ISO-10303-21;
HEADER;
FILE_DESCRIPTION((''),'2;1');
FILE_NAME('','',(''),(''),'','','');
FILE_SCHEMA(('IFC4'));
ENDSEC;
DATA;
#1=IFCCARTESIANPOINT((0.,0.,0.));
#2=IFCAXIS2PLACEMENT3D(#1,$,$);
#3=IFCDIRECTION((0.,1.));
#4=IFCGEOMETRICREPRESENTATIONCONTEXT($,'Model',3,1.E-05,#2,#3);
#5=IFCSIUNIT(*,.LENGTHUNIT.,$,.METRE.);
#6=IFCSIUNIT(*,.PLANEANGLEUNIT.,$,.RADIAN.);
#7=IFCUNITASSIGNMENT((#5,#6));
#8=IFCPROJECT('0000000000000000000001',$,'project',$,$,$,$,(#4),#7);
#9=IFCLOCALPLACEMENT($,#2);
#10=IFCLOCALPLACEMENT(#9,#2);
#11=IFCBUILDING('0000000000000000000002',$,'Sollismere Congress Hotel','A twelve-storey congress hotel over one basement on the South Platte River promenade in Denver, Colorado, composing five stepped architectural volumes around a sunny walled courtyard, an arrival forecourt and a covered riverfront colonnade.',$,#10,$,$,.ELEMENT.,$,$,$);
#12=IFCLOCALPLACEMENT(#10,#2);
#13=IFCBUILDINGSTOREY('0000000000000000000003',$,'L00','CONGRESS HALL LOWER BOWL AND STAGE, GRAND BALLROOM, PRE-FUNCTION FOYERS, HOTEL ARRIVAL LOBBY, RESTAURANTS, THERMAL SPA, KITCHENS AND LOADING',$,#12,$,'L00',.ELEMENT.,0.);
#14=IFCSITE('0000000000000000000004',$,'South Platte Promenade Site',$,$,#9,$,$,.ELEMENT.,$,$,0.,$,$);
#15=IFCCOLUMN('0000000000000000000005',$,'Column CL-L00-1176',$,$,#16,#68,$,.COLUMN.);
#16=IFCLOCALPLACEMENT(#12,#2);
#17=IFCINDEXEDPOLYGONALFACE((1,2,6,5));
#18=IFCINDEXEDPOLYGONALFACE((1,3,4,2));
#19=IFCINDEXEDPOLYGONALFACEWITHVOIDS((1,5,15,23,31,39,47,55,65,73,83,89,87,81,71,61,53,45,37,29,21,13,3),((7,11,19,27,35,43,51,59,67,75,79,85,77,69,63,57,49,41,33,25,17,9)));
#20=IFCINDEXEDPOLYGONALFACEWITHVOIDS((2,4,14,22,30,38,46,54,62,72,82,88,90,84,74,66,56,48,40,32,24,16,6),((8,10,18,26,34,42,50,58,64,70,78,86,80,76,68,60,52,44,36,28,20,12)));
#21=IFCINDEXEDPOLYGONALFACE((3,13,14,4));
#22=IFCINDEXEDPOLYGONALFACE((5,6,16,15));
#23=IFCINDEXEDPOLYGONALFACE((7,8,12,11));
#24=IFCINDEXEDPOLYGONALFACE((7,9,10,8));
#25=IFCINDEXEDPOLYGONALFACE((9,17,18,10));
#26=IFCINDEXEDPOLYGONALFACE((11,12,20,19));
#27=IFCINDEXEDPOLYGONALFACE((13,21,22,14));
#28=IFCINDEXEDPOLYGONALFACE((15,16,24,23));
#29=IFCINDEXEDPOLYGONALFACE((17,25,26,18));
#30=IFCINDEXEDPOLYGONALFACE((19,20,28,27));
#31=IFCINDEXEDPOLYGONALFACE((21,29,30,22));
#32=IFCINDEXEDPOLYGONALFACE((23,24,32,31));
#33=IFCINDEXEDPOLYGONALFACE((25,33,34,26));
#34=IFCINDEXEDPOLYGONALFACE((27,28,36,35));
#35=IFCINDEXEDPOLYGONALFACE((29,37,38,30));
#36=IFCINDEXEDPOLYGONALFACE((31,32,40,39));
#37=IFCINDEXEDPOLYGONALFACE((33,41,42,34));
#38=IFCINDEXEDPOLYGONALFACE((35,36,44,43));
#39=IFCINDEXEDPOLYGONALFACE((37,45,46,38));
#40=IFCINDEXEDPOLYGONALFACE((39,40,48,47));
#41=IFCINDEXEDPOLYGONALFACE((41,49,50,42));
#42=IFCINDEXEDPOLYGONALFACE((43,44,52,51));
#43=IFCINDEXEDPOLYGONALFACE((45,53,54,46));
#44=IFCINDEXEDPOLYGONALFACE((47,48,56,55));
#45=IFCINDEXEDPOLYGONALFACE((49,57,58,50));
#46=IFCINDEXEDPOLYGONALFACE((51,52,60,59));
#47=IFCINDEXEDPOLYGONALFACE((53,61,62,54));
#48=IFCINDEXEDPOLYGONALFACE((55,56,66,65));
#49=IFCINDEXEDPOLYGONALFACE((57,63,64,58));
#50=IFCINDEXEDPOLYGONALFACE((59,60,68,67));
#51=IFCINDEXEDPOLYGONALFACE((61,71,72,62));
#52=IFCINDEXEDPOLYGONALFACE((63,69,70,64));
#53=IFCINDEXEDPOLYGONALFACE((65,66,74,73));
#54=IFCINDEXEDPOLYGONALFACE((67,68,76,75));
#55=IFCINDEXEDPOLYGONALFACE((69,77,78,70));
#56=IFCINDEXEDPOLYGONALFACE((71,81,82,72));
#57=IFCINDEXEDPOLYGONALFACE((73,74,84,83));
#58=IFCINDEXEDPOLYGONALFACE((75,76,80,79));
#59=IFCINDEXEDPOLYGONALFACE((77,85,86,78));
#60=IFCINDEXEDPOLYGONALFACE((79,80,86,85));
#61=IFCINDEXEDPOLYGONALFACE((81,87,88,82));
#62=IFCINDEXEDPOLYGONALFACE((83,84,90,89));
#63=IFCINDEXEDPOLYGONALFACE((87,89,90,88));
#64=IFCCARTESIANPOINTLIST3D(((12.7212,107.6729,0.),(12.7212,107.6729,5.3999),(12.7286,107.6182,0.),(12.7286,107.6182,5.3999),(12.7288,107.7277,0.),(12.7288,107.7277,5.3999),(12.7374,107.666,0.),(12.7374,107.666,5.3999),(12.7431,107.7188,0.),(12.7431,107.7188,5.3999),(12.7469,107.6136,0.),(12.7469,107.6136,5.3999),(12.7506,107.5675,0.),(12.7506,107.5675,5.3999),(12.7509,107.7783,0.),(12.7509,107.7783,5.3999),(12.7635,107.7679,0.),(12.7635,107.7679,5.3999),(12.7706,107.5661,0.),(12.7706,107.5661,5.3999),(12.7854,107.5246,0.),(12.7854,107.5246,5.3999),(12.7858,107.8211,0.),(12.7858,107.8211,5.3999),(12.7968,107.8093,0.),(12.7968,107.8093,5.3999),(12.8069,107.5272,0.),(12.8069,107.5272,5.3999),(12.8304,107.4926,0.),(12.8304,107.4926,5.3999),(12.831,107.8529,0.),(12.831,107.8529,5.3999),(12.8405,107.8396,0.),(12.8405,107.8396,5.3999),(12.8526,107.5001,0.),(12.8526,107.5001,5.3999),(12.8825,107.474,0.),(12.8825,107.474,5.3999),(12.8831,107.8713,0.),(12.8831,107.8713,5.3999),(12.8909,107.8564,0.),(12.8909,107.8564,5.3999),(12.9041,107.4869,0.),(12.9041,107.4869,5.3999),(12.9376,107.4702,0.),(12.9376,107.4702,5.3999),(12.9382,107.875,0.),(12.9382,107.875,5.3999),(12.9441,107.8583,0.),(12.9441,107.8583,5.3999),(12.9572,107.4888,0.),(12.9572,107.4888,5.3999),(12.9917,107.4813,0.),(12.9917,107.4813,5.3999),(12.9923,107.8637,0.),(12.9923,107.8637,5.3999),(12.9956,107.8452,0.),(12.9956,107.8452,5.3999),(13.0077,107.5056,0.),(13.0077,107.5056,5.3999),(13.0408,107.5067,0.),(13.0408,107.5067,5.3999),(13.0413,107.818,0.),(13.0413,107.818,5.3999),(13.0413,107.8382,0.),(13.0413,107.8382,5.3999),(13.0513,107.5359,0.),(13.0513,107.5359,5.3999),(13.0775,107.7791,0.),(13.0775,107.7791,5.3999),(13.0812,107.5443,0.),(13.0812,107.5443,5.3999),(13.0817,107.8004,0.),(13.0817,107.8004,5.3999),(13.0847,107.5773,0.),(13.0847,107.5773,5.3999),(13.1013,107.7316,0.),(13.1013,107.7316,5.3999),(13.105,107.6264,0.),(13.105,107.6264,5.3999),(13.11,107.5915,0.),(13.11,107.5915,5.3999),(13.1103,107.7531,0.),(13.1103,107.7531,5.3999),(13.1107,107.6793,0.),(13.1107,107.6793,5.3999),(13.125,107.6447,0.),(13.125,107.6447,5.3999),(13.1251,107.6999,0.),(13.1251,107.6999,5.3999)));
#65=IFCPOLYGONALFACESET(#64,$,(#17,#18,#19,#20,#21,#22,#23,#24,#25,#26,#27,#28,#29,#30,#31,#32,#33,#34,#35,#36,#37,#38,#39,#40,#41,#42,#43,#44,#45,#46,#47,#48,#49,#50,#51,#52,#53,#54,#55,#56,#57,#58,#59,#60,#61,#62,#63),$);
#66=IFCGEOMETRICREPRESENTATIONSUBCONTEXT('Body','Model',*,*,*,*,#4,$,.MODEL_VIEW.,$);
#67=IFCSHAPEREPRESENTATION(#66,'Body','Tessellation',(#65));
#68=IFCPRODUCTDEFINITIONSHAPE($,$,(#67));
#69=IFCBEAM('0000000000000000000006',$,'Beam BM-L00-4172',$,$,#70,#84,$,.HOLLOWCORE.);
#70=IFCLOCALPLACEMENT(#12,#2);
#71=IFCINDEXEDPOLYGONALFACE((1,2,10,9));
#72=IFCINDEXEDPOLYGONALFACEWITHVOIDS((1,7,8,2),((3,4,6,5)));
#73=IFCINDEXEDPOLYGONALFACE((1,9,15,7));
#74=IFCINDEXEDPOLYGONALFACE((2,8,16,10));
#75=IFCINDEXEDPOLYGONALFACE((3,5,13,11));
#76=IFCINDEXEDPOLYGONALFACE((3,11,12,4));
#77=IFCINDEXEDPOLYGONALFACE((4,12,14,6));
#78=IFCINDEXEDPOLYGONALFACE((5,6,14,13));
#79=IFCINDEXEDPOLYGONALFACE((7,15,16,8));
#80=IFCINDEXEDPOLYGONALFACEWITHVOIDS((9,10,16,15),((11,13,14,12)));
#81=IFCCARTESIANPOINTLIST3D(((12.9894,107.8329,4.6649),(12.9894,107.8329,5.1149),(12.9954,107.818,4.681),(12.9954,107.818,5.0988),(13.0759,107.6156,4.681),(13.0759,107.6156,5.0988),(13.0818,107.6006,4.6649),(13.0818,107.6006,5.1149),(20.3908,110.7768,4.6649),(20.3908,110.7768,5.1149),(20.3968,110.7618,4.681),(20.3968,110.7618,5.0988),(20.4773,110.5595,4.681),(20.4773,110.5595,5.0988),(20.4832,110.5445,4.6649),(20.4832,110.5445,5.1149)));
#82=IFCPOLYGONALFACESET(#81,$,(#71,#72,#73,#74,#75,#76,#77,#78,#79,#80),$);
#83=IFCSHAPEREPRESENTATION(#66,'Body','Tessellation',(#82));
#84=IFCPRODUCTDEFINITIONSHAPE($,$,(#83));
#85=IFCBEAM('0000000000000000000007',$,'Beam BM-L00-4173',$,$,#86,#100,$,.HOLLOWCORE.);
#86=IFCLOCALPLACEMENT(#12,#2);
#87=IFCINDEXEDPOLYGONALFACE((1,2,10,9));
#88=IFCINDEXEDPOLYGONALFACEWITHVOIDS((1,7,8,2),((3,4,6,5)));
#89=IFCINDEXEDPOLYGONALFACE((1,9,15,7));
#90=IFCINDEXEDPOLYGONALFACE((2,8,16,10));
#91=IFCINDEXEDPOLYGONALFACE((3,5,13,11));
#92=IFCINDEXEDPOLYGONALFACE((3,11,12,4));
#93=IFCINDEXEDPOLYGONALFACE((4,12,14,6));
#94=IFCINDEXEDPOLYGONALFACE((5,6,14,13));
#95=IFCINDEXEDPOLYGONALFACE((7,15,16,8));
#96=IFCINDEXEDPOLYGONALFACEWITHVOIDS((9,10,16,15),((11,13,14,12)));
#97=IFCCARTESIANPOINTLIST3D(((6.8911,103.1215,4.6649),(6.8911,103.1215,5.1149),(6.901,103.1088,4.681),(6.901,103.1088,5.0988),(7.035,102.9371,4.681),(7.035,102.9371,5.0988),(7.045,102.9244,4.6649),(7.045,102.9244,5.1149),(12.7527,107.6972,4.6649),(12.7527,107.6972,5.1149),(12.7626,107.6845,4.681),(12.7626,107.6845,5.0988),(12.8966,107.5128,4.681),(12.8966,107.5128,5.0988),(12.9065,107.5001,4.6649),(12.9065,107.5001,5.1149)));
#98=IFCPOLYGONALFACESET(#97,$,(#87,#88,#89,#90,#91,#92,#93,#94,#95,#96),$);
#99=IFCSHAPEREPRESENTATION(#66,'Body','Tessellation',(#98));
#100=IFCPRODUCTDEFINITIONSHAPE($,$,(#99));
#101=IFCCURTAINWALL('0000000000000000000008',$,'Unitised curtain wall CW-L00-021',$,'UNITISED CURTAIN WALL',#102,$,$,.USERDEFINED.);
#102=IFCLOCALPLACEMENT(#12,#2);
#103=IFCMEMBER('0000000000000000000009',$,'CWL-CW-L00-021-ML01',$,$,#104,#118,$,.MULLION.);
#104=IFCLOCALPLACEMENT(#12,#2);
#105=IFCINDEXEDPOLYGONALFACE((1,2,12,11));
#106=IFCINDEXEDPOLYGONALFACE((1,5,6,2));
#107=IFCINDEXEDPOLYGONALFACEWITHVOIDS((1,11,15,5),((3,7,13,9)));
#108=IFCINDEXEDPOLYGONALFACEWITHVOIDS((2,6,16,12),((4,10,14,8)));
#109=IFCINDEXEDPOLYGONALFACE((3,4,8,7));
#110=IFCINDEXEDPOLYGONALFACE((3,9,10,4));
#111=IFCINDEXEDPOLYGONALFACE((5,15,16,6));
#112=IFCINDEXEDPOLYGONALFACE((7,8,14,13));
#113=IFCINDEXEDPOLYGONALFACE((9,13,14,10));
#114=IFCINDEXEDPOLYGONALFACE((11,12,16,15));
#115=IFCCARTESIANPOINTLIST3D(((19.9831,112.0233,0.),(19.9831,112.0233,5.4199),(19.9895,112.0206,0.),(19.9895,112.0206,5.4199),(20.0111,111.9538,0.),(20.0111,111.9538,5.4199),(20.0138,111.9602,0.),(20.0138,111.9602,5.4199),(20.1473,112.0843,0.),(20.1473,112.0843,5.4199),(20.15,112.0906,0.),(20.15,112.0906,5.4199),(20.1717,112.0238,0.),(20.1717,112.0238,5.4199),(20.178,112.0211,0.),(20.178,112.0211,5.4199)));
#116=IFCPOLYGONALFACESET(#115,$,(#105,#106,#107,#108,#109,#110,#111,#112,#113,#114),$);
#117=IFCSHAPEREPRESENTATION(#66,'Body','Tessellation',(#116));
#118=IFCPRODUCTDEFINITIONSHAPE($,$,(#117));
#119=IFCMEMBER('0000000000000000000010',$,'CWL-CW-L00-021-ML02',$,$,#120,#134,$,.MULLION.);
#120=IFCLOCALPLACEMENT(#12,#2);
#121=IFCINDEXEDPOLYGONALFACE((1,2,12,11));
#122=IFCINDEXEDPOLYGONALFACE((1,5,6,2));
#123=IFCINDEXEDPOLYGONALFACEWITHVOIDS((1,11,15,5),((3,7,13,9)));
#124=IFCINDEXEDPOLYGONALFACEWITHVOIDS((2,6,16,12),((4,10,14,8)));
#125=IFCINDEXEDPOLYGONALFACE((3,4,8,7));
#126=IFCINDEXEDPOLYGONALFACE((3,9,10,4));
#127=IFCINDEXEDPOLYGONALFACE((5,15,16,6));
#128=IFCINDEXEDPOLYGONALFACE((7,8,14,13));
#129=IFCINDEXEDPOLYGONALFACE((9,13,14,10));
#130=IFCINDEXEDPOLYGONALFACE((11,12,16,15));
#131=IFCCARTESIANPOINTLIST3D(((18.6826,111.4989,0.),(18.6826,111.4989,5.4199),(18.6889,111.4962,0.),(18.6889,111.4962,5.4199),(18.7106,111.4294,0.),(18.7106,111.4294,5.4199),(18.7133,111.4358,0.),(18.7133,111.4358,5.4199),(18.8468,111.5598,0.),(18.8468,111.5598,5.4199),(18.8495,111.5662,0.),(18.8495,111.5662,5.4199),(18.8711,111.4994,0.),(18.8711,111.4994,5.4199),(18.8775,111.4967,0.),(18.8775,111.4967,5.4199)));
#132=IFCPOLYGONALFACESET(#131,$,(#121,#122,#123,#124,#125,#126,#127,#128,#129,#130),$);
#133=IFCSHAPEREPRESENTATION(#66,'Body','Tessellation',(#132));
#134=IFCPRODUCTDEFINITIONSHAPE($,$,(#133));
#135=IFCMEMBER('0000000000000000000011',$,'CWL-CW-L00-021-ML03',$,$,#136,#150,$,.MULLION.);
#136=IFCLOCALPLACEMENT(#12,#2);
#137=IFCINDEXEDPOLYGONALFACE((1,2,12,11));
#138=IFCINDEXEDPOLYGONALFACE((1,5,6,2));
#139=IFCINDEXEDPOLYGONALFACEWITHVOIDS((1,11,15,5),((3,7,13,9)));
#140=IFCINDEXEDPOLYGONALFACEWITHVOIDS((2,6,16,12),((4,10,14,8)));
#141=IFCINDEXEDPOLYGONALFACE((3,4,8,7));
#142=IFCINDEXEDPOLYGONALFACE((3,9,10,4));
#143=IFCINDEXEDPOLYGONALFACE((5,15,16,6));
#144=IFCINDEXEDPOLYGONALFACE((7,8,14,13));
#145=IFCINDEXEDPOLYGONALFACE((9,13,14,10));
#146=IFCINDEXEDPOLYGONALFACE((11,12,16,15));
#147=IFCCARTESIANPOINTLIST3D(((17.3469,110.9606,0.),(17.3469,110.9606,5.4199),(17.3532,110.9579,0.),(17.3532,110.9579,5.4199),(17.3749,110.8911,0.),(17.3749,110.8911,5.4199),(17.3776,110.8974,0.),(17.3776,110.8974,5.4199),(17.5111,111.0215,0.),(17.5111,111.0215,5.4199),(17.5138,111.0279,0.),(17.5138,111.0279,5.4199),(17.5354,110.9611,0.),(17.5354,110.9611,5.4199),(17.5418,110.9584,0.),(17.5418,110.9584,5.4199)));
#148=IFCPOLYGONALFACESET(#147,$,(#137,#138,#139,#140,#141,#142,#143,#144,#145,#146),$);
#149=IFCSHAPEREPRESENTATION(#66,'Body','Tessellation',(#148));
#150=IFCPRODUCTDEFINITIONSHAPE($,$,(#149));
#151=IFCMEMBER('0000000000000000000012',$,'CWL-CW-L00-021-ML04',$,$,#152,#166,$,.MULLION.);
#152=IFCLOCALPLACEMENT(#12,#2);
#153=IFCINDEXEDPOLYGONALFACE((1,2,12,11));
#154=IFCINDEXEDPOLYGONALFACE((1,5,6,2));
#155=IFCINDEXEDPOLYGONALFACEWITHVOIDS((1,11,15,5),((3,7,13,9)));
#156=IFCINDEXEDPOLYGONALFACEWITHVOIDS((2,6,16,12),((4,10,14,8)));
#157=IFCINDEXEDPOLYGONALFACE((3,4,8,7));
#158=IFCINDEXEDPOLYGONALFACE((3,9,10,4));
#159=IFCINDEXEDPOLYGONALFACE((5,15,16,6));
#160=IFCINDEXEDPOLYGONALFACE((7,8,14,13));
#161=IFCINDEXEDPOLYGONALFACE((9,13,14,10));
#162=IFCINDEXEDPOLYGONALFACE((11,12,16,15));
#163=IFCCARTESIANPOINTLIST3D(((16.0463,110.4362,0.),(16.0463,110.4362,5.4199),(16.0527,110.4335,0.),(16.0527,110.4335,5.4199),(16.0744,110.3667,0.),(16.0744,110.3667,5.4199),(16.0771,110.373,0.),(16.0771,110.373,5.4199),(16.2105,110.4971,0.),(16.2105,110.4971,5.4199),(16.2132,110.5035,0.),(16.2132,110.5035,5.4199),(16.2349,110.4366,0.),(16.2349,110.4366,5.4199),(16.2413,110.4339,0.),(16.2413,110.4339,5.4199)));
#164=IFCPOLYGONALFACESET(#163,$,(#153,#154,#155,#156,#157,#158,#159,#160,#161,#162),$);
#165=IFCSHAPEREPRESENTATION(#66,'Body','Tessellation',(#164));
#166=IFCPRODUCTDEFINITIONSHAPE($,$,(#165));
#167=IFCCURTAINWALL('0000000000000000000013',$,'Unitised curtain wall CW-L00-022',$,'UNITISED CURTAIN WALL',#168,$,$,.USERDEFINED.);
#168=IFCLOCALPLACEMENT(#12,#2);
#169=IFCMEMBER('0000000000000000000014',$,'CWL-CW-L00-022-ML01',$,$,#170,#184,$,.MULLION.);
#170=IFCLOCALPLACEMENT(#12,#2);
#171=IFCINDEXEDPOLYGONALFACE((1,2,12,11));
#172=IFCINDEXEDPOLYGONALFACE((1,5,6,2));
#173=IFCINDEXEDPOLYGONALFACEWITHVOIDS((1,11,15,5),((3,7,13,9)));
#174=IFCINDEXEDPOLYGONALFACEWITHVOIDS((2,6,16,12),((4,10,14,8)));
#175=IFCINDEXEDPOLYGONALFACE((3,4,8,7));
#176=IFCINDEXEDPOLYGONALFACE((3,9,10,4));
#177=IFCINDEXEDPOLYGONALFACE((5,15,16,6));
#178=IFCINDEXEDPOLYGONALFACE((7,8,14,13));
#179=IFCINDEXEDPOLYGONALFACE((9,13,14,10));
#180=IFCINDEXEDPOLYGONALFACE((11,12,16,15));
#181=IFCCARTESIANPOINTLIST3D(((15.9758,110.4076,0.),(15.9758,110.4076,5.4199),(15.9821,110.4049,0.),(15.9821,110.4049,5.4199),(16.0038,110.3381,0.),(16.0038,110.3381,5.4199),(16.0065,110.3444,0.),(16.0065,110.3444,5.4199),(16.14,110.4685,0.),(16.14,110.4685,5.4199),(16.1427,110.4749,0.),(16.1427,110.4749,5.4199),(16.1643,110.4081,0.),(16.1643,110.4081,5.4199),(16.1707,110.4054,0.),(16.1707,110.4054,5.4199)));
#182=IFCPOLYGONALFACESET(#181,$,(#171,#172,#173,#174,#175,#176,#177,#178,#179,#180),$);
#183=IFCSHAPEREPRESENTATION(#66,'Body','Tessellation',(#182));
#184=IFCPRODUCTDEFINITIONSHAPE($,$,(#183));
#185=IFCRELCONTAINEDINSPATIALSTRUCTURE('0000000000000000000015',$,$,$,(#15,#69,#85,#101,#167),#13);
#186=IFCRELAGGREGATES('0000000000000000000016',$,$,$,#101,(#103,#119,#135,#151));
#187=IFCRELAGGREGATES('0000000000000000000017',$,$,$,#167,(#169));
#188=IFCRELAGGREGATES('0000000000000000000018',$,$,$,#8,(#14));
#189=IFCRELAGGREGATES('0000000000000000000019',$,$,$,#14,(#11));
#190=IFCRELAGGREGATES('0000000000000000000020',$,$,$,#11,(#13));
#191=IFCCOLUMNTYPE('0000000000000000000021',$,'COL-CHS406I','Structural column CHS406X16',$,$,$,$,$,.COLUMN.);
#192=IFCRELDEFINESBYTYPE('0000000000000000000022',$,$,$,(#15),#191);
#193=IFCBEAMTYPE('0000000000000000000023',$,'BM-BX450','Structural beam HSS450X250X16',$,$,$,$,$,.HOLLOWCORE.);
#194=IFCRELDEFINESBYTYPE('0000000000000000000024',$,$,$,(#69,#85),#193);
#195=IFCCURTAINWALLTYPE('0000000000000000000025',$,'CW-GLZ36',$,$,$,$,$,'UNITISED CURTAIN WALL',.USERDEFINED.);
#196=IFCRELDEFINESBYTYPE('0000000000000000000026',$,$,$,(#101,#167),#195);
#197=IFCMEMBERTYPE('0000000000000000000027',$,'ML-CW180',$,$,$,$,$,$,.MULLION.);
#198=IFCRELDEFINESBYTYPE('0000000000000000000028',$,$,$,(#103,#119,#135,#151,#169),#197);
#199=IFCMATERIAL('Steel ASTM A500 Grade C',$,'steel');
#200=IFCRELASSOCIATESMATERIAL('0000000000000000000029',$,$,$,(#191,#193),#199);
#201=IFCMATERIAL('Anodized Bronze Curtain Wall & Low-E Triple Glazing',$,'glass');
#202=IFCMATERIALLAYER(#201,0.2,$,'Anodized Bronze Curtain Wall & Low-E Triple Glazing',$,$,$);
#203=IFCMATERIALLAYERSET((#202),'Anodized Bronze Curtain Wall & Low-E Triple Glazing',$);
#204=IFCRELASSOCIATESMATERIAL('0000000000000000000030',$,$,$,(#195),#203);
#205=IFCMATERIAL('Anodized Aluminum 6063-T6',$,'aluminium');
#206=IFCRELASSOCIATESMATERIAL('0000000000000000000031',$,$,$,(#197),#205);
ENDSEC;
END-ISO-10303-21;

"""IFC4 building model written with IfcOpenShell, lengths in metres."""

from ifc_helpers import new_model, si_unit, direction, frame, origin, origin_2d, place, context, subcontext, project, spatial, hollow_rectangle, hollow_circle, extrude, material, layer, layer_set, material_profile, profile_set, type_object, element, aggregate, save


model = new_model("IFC4")

# Units and contexts
model_context = context("Model", 3, precision=1e-05, world=origin(), true_north=direction((0.0, 1.0)))
body_context = subcontext(model_context, "Body", "Model", "MODEL_VIEW")
ifc_project = project(units=[si_unit("LENGTHUNIT", "METRE"), si_unit("PLANEANGLEUNIT", "RADIAN")], contexts=[model_context])

# Site, building, storey
site_placement = place(None, origin())
site = spatial("IfcSite", under=ifc_project, at=site_placement, Name="South Platte Promenade Site", CompositionType="ELEMENT", RefElevation=0.0)
building_placement = place(site_placement, origin())
building = spatial("IfcBuilding", under=site, at=building_placement, Name="Sollismere Congress Hotel", Description="A twelve-storey congress hotel over one basement on the South Platte River promenade in Denver, Colorado, composing five stepped architectural volumes around a sunny walled courtyard, an arrival forecourt and a covered riverfront colonnade.", CompositionType="ELEMENT")
storey_placement = place(building_placement, origin())
storey = spatial("IfcBuildingStorey", under=building, at=storey_placement, Name="L00", Description="CONGRESS HALL LOWER BOWL AND STAGE, GRAND BALLROOM, PRE-FUNCTION FOYERS, HOTEL ARRIVAL LOBBY, RESTAURANTS, THERMAL SPA, KITCHENS AND LOADING", LongName="L00", CompositionType="ELEMENT", Elevation=0.0)

# Column
ifc_material_1 = material(Name="Steel ASTM A500 Grade C", Category="steel")
ifc_material_profile_1 = material_profile(ifc_material_1, hollow_circle(Radius=0.2029, WallThickness=0.0161, at=origin_2d()), Name="CHS406X16")
ifc_profile_set_1 = profile_set([ifc_material_profile_1], Name="Steel ASTM A500 Grade C")
column_type = type_object("IfcColumnType", Name="COL-CHS406I", Description="Structural column CHS406X16", PredefinedType="COLUMN", material=ifc_profile_set_1)
column_placement = place(storey_placement, frame((12.9241, 107.6726, 0.0), z_axis=(0.0, 0.0, 1.0), x_axis=(-0.68136, 0.731949, 0.0)))
element("IfcColumn", 1, at=column_placement, inside=storey, type_object=column_type, Name="Column CL-L00-1176", PredefinedType="COLUMN", context=body_context, shape_type="SweptSolid", body=[
    extrude(hollow_circle(Radius=0.2029, WallThickness=0.0161, at=origin_2d()), origin(), (0.0, 0.0, 1.0), 5.3999),
])

# Beams
ifc_material_profile_2 = material_profile(ifc_material_1, hollow_rectangle(XDim=0.25, YDim=0.45, WallThickness=0.0161, at=origin_2d()), Name="HSS450X250X16")
ifc_profile_set_2 = profile_set([ifc_material_profile_2], Name="Steel ASTM A500 Grade C")
beam_type = type_object("IfcBeamType", Name="BM-BX450", Description="Structural beam HSS450X250X16", PredefinedType="HOLLOWCORE", material=ifc_profile_set_2)
beam_1_placement = place(storey_placement, frame((20.437, 110.6606, 4.8899), z_axis=(-0.929198, -0.369583, 0.0), x_axis=(0.369583, -0.929198, 0.0)))
element("IfcBeam", 2, at=beam_1_placement, inside=storey, type_object=beam_type, Name="Beam BM-L00-4172", PredefinedType="HOLLOWCORE", context=body_context, shape_type="SweptSolid", body=[
    extrude(hollow_rectangle(XDim=0.25, YDim=0.45, WallThickness=0.0161, at=origin_2d()), origin(), (0.0, 0.0, 1.0), 7.9653),
])
beam_2_placement = place(storey_placement, frame((12.8296, 107.5986, 4.8899), z_axis=(-0.788264, -0.615338, 0.0), x_axis=(0.615338, -0.788264, 0.0)))
element("IfcBeam", 3, at=beam_2_placement, inside=storey, type_object=beam_type, Name="Beam BM-L00-4173", PredefinedType="HOLLOWCORE", context=body_context, shape_type="SweptSolid", body=[
    extrude(hollow_rectangle(XDim=0.25, YDim=0.45, WallThickness=0.0161, at=origin_2d()), origin(), (0.0, 0.0, 1.0), 7.436),
])

# Curtain walls, members
ifc_material_2 = material(Name="Anodized Bronze Curtain Wall & Low-E Triple Glazing", Category="glass")
ifc_layer_1 = layer(ifc_material_2, 0.2, Name="Anodized Bronze Curtain Wall & Low-E Triple Glazing")
ifc_layer_set_1 = layer_set([ifc_layer_1], Name="Anodized Bronze Curtain Wall & Low-E Triple Glazing")
curtain_wall_type = type_object("IfcCurtainWallType", Name="CW-GLZ36", ElementType="UNITISED CURTAIN WALL", PredefinedType="USERDEFINED", material=ifc_layer_set_1)
curtain_wall_1_placement = place(storey_placement, origin())
curtain_wall_1 = element("IfcCurtainWall", 4, at=curtain_wall_1_placement, inside=storey, type_object=curtain_wall_type, Name="Unitised curtain wall CW-L00-021", ObjectType="UNITISED CURTAIN WALL", PredefinedType="USERDEFINED")
ifc_material_3 = material(Name="Anodized Aluminum 6063-T6", Category="aluminium")
ifc_material_profile_3 = material_profile(ifc_material_3, hollow_rectangle(XDim=0.075, YDim=0.1799, WallThickness=0.0049, at=origin_2d()), Name="ALU180X75X5")
ifc_profile_set_3 = profile_set([ifc_material_profile_3], Name="Anodized Aluminum 6063-T6")
member_type_1 = type_object("IfcMemberType", Name="ML-CW180", PredefinedType="MULLION", material=ifc_profile_set_3)
member_1_placement = place(storey_placement, frame((20.0806, 112.0222, 0.0), z_axis=(0.0, 0.0, 1.0), x_axis=(0.373943, -0.927452, 0.0)))
member_1 = element("IfcMember", 5, at=member_1_placement, type_object=member_type_1, Name="CWL-CW-L00-021-ML01", PredefinedType="MULLION", context=body_context, shape_type="SweptSolid", body=[
    extrude(hollow_rectangle(XDim=0.075, YDim=0.1799, WallThickness=0.0049, at=origin_2d()), origin(), (0.0, 0.0, 1.0), 5.4199),
])
member_2_placement = place(storey_placement, frame((18.78, 111.4978, 0.0), z_axis=(0.0, 0.0, 1.0), x_axis=(0.373943, -0.927452, 0.0)))
member_2 = element("IfcMember", 6, at=member_2_placement, type_object=member_type_1, Name="CWL-CW-L00-021-ML02", PredefinedType="MULLION", context=body_context, shape_type="SweptSolid", body=[
    extrude(hollow_rectangle(XDim=0.075, YDim=0.1799, WallThickness=0.0049, at=origin_2d()), origin(), (0.0, 0.0, 1.0), 5.4199),
])
member_3_placement = place(storey_placement, frame((17.4443, 110.9595, 0.0), z_axis=(0.0, 0.0, 1.0), x_axis=(0.373943, -0.927452, 0.0)))
member_3 = element("IfcMember", 7, at=member_3_placement, type_object=member_type_1, Name="CWL-CW-L00-021-ML03", PredefinedType="MULLION", context=body_context, shape_type="SweptSolid", body=[
    extrude(hollow_rectangle(XDim=0.075, YDim=0.1799, WallThickness=0.0049, at=origin_2d()), origin(), (0.0, 0.0, 1.0), 5.4199),
])
member_4_placement = place(storey_placement, frame((16.1438, 110.4351, 0.0), z_axis=(0.0, 0.0, 1.0), x_axis=(0.373943, -0.927452, 0.0)))
member_4 = element("IfcMember", 8, at=member_4_placement, type_object=member_type_1, Name="CWL-CW-L00-021-ML04", PredefinedType="MULLION", context=body_context, shape_type="SweptSolid", body=[
    extrude(hollow_rectangle(XDim=0.075, YDim=0.1799, WallThickness=0.0049, at=origin_2d()), origin(), (0.0, 0.0, 1.0), 5.4199),
])
curtain_wall_2_placement = place(storey_placement, origin())
curtain_wall_2 = element("IfcCurtainWall", 9, at=curtain_wall_2_placement, inside=storey, type_object=curtain_wall_type, Name="Unitised curtain wall CW-L00-022", ObjectType="UNITISED CURTAIN WALL", PredefinedType="USERDEFINED")
member_5_placement = place(storey_placement, frame((16.0732, 110.4065, 0.0), z_axis=(0.0, 0.0, 1.0), x_axis=(0.373943, -0.927452, 0.0)))
member_5 = element("IfcMember", 10, at=member_5_placement, type_object=member_type_1, Name="CWL-CW-L00-022-ML01", PredefinedType="MULLION", context=body_context, shape_type="SweptSolid", body=[
    extrude(hollow_rectangle(XDim=0.075, YDim=0.1799, WallThickness=0.0049, at=origin_2d()), origin(), (0.0, 0.0, 1.0), 5.4199),
])

aggregate(curtain_wall_1, [member_1, member_2, member_3, member_4])
aggregate(curtain_wall_2, [member_5])

save(model, "model.ifc")
